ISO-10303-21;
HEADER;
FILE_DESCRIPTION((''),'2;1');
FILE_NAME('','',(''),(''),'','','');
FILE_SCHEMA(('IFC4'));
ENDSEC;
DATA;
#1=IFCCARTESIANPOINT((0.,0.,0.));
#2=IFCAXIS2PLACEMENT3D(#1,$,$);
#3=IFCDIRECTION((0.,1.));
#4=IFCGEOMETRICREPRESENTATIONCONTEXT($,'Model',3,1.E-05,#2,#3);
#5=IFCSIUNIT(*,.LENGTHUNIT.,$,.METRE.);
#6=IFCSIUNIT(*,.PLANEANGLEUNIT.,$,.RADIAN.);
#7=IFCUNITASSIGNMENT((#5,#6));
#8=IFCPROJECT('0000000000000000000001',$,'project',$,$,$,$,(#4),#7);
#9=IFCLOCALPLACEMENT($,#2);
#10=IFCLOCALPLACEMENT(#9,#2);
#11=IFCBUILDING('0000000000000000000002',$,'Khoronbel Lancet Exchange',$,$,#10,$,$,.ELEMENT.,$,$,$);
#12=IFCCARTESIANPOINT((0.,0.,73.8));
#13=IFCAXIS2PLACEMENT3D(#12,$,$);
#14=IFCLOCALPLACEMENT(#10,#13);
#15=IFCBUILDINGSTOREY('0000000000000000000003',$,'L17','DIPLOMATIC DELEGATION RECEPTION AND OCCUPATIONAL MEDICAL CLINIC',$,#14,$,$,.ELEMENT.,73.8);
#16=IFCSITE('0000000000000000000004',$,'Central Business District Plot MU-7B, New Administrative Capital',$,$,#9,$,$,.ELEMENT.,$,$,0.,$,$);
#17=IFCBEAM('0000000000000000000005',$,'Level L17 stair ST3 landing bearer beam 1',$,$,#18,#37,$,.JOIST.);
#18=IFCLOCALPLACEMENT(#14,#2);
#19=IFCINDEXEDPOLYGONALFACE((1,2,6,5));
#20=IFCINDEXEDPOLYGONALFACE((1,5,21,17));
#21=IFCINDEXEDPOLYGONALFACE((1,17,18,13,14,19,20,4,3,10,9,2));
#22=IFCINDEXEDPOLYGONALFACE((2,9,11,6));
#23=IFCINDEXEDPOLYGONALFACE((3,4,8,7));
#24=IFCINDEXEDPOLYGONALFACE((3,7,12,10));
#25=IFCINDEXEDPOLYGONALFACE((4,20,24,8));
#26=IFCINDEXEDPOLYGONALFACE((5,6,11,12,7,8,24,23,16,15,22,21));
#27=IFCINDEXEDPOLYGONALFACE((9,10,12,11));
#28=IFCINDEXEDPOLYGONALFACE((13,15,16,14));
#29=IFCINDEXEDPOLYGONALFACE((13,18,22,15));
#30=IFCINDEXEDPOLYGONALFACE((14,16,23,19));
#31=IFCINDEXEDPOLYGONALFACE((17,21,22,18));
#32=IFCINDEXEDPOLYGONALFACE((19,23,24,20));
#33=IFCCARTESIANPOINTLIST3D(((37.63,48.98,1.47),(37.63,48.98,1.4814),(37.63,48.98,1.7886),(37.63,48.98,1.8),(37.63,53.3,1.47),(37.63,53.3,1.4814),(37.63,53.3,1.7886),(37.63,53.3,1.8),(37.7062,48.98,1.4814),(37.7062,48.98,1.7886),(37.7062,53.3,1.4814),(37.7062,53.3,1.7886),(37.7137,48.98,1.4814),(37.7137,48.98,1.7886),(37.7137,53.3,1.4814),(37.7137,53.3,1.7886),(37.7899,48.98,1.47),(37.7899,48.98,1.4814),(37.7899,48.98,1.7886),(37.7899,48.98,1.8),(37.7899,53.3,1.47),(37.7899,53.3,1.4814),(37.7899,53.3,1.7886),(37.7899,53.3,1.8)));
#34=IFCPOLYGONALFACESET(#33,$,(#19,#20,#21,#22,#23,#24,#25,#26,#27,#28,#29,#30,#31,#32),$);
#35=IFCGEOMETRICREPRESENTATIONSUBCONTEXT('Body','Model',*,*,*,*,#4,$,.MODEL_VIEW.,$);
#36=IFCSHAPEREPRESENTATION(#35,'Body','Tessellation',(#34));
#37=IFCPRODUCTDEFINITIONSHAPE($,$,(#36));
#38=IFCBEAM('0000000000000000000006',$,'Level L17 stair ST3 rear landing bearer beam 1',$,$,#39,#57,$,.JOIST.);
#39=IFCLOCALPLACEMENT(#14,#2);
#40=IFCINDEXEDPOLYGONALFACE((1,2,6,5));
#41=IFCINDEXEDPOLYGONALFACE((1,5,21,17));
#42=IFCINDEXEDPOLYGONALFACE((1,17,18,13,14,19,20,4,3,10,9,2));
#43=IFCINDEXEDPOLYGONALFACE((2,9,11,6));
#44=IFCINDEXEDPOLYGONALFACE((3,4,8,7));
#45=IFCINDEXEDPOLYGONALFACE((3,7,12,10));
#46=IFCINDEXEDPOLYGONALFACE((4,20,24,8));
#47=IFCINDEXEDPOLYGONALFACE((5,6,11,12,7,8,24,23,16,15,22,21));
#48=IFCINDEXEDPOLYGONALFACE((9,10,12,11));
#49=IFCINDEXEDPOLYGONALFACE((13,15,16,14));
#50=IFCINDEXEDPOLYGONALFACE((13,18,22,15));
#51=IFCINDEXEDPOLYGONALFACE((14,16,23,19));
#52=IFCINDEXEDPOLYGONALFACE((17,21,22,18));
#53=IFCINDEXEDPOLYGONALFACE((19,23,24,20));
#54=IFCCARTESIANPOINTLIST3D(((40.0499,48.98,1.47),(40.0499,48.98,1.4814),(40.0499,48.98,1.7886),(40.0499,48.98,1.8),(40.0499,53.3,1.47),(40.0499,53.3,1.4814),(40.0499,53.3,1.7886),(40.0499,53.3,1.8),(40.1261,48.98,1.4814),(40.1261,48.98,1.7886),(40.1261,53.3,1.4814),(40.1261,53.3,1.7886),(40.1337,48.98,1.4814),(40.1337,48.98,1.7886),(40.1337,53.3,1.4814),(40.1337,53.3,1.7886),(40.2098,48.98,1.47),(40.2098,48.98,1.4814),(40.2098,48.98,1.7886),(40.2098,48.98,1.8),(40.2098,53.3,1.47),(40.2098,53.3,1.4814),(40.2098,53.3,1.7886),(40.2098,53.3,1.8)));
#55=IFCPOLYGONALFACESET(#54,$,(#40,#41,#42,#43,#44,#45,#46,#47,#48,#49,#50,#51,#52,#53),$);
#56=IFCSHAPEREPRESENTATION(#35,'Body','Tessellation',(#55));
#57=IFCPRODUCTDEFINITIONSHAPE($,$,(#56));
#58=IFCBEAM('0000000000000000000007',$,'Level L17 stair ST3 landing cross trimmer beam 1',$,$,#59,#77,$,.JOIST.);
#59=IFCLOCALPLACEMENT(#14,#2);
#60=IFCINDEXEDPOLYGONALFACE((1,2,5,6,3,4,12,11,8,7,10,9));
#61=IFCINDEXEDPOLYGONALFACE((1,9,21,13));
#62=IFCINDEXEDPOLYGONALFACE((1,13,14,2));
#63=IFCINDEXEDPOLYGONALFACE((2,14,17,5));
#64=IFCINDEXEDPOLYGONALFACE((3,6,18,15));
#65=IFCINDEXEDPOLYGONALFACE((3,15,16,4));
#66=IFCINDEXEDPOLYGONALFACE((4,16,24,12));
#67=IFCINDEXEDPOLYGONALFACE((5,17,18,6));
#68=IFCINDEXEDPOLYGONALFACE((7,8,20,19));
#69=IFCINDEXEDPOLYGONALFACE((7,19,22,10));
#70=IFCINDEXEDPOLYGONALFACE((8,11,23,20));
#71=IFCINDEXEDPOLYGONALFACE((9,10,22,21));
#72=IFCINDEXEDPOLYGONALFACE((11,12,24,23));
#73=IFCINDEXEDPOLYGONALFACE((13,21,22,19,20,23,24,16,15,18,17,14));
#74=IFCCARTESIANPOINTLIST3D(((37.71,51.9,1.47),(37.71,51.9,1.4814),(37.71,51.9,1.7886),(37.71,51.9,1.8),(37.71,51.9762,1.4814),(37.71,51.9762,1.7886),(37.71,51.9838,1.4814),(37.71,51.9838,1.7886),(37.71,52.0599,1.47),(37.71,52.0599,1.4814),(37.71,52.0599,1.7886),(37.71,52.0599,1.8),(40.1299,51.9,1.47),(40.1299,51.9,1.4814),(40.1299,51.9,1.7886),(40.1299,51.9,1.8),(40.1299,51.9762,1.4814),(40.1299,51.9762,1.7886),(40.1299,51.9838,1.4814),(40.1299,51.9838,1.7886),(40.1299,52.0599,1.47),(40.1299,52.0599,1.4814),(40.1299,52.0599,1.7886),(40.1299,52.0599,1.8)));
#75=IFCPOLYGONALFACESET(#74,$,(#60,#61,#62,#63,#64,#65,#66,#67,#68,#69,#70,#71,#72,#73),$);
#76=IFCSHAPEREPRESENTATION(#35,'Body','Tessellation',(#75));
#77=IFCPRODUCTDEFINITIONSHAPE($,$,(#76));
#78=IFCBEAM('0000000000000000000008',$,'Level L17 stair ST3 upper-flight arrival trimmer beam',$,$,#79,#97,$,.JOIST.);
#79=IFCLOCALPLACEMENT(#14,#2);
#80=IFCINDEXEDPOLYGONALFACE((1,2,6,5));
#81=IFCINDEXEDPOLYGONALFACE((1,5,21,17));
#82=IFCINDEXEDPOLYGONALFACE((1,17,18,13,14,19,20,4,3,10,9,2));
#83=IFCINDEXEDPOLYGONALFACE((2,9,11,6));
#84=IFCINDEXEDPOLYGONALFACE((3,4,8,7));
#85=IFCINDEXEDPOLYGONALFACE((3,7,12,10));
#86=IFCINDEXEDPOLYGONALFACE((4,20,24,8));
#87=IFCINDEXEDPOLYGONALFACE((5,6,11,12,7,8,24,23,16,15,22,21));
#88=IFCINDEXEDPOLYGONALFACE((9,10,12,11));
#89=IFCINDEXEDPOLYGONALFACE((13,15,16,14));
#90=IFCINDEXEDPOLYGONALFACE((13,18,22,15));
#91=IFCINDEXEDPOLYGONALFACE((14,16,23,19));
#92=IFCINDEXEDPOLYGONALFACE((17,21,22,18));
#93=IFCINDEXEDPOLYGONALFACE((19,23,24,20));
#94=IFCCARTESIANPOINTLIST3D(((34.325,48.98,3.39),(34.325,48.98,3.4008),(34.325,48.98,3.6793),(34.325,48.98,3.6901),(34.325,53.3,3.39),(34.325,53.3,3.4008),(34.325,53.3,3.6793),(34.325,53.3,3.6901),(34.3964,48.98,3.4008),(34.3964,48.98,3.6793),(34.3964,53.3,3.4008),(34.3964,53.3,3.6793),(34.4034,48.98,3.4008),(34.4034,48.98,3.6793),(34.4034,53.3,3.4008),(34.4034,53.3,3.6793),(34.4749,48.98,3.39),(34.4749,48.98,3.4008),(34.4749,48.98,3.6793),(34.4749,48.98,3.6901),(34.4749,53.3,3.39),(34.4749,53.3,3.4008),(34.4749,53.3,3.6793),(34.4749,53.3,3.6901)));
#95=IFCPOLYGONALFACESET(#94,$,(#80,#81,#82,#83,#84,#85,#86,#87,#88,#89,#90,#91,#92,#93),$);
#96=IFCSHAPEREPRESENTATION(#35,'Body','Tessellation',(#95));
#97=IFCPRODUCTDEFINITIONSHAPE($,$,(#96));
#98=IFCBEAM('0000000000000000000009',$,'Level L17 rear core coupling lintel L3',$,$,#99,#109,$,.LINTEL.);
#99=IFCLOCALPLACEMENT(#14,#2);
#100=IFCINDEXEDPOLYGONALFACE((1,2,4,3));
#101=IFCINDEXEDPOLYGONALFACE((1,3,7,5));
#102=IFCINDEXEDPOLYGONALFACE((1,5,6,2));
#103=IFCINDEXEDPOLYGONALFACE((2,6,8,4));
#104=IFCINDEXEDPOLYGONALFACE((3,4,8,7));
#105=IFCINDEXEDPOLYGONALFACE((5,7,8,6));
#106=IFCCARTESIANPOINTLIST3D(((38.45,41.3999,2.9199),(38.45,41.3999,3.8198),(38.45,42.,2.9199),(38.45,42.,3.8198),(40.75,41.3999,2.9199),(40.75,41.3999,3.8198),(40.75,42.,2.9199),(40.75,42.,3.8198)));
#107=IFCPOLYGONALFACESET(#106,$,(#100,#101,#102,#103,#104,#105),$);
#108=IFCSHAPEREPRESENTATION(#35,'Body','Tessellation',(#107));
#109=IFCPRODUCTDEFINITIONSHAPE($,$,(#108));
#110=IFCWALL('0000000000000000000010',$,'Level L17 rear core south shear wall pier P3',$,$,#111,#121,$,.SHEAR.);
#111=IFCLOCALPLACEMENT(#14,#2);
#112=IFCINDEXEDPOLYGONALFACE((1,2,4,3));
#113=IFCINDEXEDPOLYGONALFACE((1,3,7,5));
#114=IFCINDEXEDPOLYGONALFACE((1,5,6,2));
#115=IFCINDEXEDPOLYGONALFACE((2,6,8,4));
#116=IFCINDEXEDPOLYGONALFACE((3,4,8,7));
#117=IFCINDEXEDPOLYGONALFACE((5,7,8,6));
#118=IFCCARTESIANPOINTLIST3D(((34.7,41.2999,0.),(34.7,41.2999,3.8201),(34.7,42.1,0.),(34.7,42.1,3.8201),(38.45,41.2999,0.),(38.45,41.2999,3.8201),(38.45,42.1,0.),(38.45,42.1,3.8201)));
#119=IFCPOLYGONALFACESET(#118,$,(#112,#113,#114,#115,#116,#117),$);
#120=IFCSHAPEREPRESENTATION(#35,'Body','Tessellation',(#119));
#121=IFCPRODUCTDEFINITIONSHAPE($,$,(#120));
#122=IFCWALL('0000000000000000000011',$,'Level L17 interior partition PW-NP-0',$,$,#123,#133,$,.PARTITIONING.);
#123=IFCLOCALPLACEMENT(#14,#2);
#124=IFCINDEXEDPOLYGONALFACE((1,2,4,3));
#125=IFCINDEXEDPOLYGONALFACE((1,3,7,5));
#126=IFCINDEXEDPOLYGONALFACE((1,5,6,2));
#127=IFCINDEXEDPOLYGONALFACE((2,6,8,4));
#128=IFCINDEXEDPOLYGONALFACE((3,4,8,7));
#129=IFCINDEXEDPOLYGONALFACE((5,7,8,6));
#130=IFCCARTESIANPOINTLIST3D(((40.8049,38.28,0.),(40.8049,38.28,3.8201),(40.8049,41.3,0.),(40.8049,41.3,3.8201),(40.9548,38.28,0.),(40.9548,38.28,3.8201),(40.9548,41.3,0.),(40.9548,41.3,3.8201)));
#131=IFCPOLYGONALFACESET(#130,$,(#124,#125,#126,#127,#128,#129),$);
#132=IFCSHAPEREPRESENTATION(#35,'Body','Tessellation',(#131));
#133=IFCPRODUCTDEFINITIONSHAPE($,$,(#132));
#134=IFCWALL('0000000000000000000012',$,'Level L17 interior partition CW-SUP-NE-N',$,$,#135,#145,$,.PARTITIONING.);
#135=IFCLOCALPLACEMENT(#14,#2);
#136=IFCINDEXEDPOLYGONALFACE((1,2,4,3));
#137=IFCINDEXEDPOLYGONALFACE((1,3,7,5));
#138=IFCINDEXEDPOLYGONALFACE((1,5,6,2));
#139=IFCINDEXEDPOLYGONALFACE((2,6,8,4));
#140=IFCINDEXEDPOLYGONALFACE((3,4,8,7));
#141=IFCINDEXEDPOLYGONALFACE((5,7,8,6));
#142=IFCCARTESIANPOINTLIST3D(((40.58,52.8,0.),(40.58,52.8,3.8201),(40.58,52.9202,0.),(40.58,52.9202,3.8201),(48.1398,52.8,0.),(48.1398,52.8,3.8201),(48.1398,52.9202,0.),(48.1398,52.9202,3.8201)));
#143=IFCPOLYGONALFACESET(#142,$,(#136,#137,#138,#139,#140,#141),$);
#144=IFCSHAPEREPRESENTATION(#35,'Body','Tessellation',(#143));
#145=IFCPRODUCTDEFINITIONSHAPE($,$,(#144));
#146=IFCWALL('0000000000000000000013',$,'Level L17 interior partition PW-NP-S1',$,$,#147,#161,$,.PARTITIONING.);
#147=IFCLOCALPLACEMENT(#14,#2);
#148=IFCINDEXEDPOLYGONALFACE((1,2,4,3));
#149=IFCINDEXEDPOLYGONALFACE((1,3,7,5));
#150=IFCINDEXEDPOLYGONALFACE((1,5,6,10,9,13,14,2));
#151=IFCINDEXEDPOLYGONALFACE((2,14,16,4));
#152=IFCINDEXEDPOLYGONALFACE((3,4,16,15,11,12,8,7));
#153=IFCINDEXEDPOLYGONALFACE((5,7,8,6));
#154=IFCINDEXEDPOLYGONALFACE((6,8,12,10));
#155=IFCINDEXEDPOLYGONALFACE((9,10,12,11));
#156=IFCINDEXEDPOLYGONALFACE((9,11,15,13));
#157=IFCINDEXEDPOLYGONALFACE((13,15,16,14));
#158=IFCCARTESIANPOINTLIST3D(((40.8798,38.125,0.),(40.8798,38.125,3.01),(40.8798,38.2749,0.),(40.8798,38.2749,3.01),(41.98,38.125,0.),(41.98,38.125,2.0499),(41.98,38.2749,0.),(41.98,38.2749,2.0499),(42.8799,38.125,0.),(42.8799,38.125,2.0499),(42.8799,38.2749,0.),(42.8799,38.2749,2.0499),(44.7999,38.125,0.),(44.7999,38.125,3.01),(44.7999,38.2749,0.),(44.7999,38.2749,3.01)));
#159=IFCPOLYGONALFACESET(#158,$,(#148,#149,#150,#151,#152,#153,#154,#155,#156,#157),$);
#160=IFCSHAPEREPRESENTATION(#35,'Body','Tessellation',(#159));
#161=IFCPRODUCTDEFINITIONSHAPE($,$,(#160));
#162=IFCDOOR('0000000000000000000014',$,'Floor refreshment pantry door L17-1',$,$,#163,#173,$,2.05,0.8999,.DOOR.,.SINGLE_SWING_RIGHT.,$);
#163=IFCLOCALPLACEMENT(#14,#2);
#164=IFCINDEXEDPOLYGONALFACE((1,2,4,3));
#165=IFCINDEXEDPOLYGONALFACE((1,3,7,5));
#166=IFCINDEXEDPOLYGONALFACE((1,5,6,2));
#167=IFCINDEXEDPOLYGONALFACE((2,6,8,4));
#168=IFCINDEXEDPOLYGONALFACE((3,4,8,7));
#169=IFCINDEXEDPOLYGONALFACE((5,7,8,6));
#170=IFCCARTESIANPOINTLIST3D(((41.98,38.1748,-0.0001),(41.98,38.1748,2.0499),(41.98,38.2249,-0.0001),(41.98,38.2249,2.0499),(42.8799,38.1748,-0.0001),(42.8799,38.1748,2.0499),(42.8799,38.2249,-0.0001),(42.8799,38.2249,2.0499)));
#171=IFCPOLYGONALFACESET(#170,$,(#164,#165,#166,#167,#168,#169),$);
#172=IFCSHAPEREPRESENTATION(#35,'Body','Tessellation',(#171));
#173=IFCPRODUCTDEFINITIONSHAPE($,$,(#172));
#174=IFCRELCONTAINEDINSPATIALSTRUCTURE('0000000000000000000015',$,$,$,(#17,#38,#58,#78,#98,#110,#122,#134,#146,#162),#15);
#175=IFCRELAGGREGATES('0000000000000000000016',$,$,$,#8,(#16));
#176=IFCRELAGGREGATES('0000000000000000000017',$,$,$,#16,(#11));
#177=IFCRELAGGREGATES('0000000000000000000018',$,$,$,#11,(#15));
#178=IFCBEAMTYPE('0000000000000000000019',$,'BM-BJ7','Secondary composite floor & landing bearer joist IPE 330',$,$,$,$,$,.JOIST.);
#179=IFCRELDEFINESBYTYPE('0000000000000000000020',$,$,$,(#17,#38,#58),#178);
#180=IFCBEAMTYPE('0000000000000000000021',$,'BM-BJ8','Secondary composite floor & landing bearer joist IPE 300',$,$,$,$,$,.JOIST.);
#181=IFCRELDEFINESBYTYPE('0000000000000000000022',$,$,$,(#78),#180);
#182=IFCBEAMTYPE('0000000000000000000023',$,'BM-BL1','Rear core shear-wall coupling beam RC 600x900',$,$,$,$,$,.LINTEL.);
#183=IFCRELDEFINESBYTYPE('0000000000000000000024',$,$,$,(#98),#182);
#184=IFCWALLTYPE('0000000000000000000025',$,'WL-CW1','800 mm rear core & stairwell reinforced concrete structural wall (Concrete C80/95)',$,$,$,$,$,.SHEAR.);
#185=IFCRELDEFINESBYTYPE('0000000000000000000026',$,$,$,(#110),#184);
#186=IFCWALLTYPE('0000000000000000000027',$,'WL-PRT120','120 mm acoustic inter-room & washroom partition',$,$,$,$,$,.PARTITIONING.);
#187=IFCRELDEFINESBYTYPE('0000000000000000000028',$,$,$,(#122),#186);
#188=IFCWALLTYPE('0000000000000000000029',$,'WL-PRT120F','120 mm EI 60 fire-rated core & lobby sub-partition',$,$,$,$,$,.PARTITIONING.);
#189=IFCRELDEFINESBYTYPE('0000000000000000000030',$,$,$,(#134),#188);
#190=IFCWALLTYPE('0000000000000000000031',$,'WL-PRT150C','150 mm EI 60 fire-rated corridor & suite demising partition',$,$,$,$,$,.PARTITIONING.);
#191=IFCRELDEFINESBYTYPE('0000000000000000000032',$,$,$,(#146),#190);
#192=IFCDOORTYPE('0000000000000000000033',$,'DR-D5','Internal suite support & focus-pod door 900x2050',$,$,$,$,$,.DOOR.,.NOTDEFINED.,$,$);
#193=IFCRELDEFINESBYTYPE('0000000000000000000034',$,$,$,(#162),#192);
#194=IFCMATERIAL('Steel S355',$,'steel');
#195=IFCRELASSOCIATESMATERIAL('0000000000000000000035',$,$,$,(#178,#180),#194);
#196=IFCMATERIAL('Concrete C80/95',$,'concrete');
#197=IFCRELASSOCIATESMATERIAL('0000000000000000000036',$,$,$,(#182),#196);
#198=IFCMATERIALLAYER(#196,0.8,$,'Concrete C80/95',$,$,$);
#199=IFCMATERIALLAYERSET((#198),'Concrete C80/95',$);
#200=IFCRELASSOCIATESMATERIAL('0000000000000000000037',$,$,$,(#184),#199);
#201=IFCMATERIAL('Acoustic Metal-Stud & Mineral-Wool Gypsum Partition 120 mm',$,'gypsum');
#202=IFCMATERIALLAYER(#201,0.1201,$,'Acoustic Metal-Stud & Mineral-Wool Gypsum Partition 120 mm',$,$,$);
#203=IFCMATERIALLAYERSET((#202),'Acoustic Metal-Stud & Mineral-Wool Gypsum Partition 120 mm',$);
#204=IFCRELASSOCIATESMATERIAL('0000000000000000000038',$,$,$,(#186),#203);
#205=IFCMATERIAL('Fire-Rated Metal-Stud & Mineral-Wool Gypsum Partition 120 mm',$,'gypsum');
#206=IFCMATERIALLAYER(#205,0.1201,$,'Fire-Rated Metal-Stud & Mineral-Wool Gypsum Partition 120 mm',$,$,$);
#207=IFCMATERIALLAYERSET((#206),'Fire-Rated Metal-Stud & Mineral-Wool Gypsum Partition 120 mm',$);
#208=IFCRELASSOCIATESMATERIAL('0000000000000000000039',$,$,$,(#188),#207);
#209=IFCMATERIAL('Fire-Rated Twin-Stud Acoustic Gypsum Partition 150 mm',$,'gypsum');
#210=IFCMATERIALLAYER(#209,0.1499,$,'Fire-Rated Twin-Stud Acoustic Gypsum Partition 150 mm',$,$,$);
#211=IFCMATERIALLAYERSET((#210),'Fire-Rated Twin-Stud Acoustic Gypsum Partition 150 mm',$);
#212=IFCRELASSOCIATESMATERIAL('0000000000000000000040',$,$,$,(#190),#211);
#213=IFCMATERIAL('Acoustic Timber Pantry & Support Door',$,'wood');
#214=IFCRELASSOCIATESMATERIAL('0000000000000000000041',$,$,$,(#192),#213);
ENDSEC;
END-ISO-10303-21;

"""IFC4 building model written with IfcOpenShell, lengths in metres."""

from ifc_helpers import new_model, si_unit, direction, frame, frame_2d, origin, origin_2d, place, context, subcontext, project, spatial, rectangle, i_section, extrude, material, layer, layer_set, material_profile, profile_set, type_object, element, fill, save


model = new_model("IFC4")

# Units and contexts
model_context = context("Model", 3, precision=1e-05, world=origin(), true_north=direction((0.0, 1.0)))
body_context = subcontext(model_context, "Body", "Model", "MODEL_VIEW")
ifc_project = project(units=[si_unit("LENGTHUNIT", "METRE"), si_unit("PLANEANGLEUNIT", "RADIAN")], contexts=[model_context])

# Site, building, storey
site_placement = place(None, origin())
site = spatial("IfcSite", under=ifc_project, at=site_placement, Name="Central Business District Plot MU-7B, New Administrative Capital", CompositionType="ELEMENT", RefElevation=0.0)
building_placement = place(site_placement, origin())
building = spatial("IfcBuilding", under=site, at=building_placement, Name="Khoronbel Lancet Exchange", CompositionType="ELEMENT")
storey_placement = place(building_placement, frame((0.0, 0.0, 73.8)))
storey = spatial("IfcBuildingStorey", under=building, at=storey_placement, Name="L17", Description="DIPLOMATIC DELEGATION RECEPTION AND OCCUPATIONAL MEDICAL CLINIC", CompositionType="ELEMENT", Elevation=73.8)

# Beams
ifc_material_1 = material(Name="Steel S355", Category="steel")
ifc_material_profile_1 = material_profile(ifc_material_1, i_section(OverallWidth=0.1599, OverallDepth=0.3301, WebThickness=0.0076, FlangeThickness=0.0115, at=origin_2d()), Name="IPE 330")
ifc_profile_set_1 = profile_set([ifc_material_profile_1], Name="Steel S355")
beam_type_1 = type_object("IfcBeamType", Name="BM-BJ7", Description="Secondary composite floor & landing bearer joist IPE 330", PredefinedType="JOIST", material=ifc_profile_set_1)
for number, where, z_axis, x_axis, name in (
    (1, (37.71, 48.98, 1.635), (0.0, 1.0, 0.0), (-1.0, 0.0, 0.0), "Level L17 stair ST3 landing bearer beam 1"),
    (2, (40.1299, 48.98, 1.635), (0.0, 1.0, 0.0), (-1.0, 0.0, 0.0), "Level L17 stair ST3 rear landing bearer beam 1"),
):
    element("IfcBeam", number, at=place(storey_placement, frame(where, z_axis=z_axis, x_axis=x_axis)), inside=storey, type_object=beam_type_1, Name=name, PredefinedType="JOIST", context=body_context, shape_type="SweptSolid", body=[
        extrude(i_section(OverallWidth=0.1599, OverallDepth=0.3301, WebThickness=0.0076, FlangeThickness=0.0115, at=origin_2d()), origin(), (0.0, 0.0, 1.0), 4.3201),
    ])
beam_1_placement = place(storey_placement, frame((37.71, 51.98, 1.635), z_axis=(1.0, 0.0, 0.0), x_axis=(0.0, 1.0, 0.0)))
element("IfcBeam", 3, at=beam_1_placement, inside=storey, type_object=beam_type_1, Name="Level L17 stair ST3 landing cross trimmer beam 1", PredefinedType="JOIST", context=body_context, shape_type="SweptSolid", body=[
    extrude(i_section(OverallWidth=0.1599, OverallDepth=0.3301, WebThickness=0.0076, FlangeThickness=0.0115, at=origin_2d()), origin(), (0.0, 0.0, 1.0), 2.4199),
])
ifc_material_profile_2 = material_profile(ifc_material_1, i_section(OverallWidth=0.1499, OverallDepth=0.3, WebThickness=0.0071, FlangeThickness=0.0107, at=origin_2d()), Name="IPE 300")
ifc_profile_set_2 = profile_set([ifc_material_profile_2], Name="Steel S355")
beam_type_2 = type_object("IfcBeamType", Name="BM-BJ8", Description="Secondary composite floor & landing bearer joist IPE 300", PredefinedType="JOIST", material=ifc_profile_set_2)
beam_2_placement = place(storey_placement, frame((34.3999, 48.98, 3.54), z_axis=(0.0, 1.0, 0.0), x_axis=(-1.0, 0.0, 0.0)))
element("IfcBeam", 4, at=beam_2_placement, inside=storey, type_object=beam_type_2, Name="Level L17 stair ST3 upper-flight arrival trimmer beam", PredefinedType="JOIST", context=body_context, shape_type="SweptSolid", body=[
    extrude(i_section(OverallWidth=0.1499, OverallDepth=0.3, WebThickness=0.0071, FlangeThickness=0.0107, at=origin_2d()), origin(), (0.0, 0.0, 1.0), 4.3201),
])
ifc_material_2 = material(Name="Concrete C80/95", Category="concrete")
ifc_material_profile_3 = material_profile(ifc_material_2, rectangle(XDim=0.6001, YDim=0.8999, at=origin_2d()), Name="RC 600x900")
ifc_profile_set_3 = profile_set([ifc_material_profile_3], Name="Concrete C80/95")
beam_type_3 = type_object("IfcBeamType", Name="BM-BL1", Description="Rear core shear-wall coupling beam RC 600x900", PredefinedType="LINTEL", material=ifc_profile_set_3)
beam_3_placement = place(storey_placement, frame((38.45, 41.7, 3.3699), z_axis=(1.0, 0.0, 0.0), x_axis=(0.0, 1.0, 0.0)))
element("IfcBeam", 5, at=beam_3_placement, inside=storey, type_object=beam_type_3, Name="Level L17 rear core coupling lintel L3", PredefinedType="LINTEL", context=body_context, shape_type="SweptSolid", body=[
    extrude(rectangle(XDim=0.6001, YDim=0.8999, at=origin_2d()), origin(), (0.0, 0.0, 1.0), 2.3),
])

# Walls
ifc_layer_1 = layer(ifc_material_2, 0.8, Name="Concrete C80/95")
ifc_layer_set_1 = layer_set([ifc_layer_1], Name="Concrete C80/95")
wall_type_1 = type_object("IfcWallType", Name="WL-CW1", Description="800 mm rear core & stairwell reinforced concrete structural wall (Concrete C80/95)", PredefinedType="SHEAR", material=ifc_layer_set_1)
wall_1_placement = place(storey_placement, frame((38.45, 41.7, 0.0), z_axis=(0.0, 0.0, 1.0), x_axis=(-1.0, 0.0, 0.0)))
element("IfcWall", 6, at=wall_1_placement, inside=storey, type_object=wall_type_1, Name="Level L17 rear core south shear wall pier P3", PredefinedType="SHEAR", context=body_context, shape_type="SweptSolid", body=[
    extrude(rectangle(XDim=3.75, YDim=0.8, at=frame_2d((1.875, 0.0))), origin(), (0.0, 0.0, 1.0), 3.8201),
])
ifc_material_3 = material(Name="Acoustic Metal-Stud & Mineral-Wool Gypsum Partition 120 mm", Category="gypsum")
ifc_layer_2 = layer(ifc_material_3, 0.1201, Name="Acoustic Metal-Stud & Mineral-Wool Gypsum Partition 120 mm")
ifc_layer_set_2 = layer_set([ifc_layer_2], Name="Acoustic Metal-Stud & Mineral-Wool Gypsum Partition 120 mm")
wall_type_2 = type_object("IfcWallType", Name="WL-PRT120", Description="120 mm acoustic inter-room & washroom partition", PredefinedType="PARTITIONING", material=ifc_layer_set_2)
wall_2_placement = place(storey_placement, frame((40.8799, 38.28, 0.0), z_axis=(0.0, 0.0, 1.0), x_axis=(0.0, 1.0, 0.0)))
element("IfcWall", 7, at=wall_2_placement, inside=storey, type_object=wall_type_2, Name="Level L17 interior partition PW-NP-0", PredefinedType="PARTITIONING", context=body_context, shape_type="SweptSolid", body=[
    extrude(rectangle(XDim=3.02, YDim=0.1499, at=frame_2d((1.51, 0.0))), origin(), (0.0, 0.0, 1.0), 3.8201),
])
ifc_material_4 = material(Name="Fire-Rated Metal-Stud & Mineral-Wool Gypsum Partition 120 mm", Category="gypsum")
ifc_layer_3 = layer(ifc_material_4, 0.1201, Name="Fire-Rated Metal-Stud & Mineral-Wool Gypsum Partition 120 mm")
ifc_layer_set_3 = layer_set([ifc_layer_3], Name="Fire-Rated Metal-Stud & Mineral-Wool Gypsum Partition 120 mm")
wall_type_3 = type_object("IfcWallType", Name="WL-PRT120F", Description="120 mm EI 60 fire-rated core & lobby sub-partition", PredefinedType="PARTITIONING", material=ifc_layer_set_3)
wall_3_placement = place(storey_placement, frame((40.5801, 52.8601, 0.0), z_axis=(0.0, 0.0, 1.0), x_axis=(1.0, 0.0, 0.0)))
element("IfcWall", 8, at=wall_3_placement, inside=storey, type_object=wall_type_3, Name="Level L17 interior partition CW-SUP-NE-N", PredefinedType="PARTITIONING", context=body_context, shape_type="SweptSolid", body=[
    extrude(rectangle(XDim=7.5598, YDim=0.1201, at=frame_2d((3.7798, 0.0))), origin(), (0.0, 0.0, 1.0), 3.8201),
])

# Wall, opening, door
ifc_material_5 = material(Name="Fire-Rated Twin-Stud Acoustic Gypsum Partition 150 mm", Category="gypsum")
ifc_layer_4 = layer(ifc_material_5, 0.1499, Name="Fire-Rated Twin-Stud Acoustic Gypsum Partition 150 mm")
ifc_layer_set_4 = layer_set([ifc_layer_4], Name="Fire-Rated Twin-Stud Acoustic Gypsum Partition 150 mm")
wall_type_4 = type_object("IfcWallType", Name="WL-PRT150C", Description="150 mm EI 60 fire-rated corridor & suite demising partition", PredefinedType="PARTITIONING", material=ifc_layer_set_4)
wall_4_placement = place(storey_placement, frame((40.8799, 38.2, 0.0), z_axis=(0.0, 0.0, 1.0), x_axis=(1.0, 0.0, 0.0)))
wall_4 = element("IfcWall", 9, at=wall_4_placement, inside=storey, type_object=wall_type_4, Name="Level L17 interior partition PW-NP-S1", PredefinedType="PARTITIONING", context=body_context, shape_type="SweptSolid", body=[
    extrude(rectangle(XDim=3.9202, YDim=0.1499, at=frame_2d((1.96, 0.0))), origin(), (0.0, 0.0, 1.0), 3.01),
])
opening_1_placement = place(wall_4_placement, frame((1.1001, 0.0, 0.0)))
opening_1 = element("IfcOpeningElement", 10, at=opening_1_placement, cuts=wall_4, PredefinedType="OPENING", context=body_context, shape_type="SweptSolid", body=[
    extrude(rectangle(XDim=0.8999, YDim=2.05, at=frame_2d((0.45, 1.0249))), frame((0.0, 0.085, 0.0), z_axis=(0.0, -1.0, 0.0), x_axis=(1.0, 0.0, 0.0)), (0.0, 0.0, 1.0), 0.1699),
])
ifc_material_6 = material(Name="Acoustic Timber Pantry & Support Door", Category="wood")
door_type_1 = type_object("IfcDoorType", Name="DR-D5", Description="Internal suite support & focus-pod door 900x2050", OperationType="NOTDEFINED", PredefinedType="DOOR", material=ifc_material_6)
door_1_placement = place(opening_1_placement, origin())
door_1 = element("IfcDoor", 11, at=door_1_placement, inside=storey, type_object=door_type_1, Name="Floor refreshment pantry door L17-1", OperationType="SINGLE_SWING_RIGHT", OverallHeight=2.05, OverallWidth=0.8999, PredefinedType="DOOR", context=body_context, shape_type="SweptSolid", body=[
    extrude(rectangle(XDim=0.8999, YDim=2.05, at=frame_2d((0.45, 1.0249))), frame((0.0, 0.0249, 0.0), z_axis=(0.0, -1.0, 0.0), x_axis=(1.0, 0.0, 0.0)), (0.0, 0.0, 1.0), 0.05),
])
fill(opening_1, door_1)

save(model, "model.ifc")
